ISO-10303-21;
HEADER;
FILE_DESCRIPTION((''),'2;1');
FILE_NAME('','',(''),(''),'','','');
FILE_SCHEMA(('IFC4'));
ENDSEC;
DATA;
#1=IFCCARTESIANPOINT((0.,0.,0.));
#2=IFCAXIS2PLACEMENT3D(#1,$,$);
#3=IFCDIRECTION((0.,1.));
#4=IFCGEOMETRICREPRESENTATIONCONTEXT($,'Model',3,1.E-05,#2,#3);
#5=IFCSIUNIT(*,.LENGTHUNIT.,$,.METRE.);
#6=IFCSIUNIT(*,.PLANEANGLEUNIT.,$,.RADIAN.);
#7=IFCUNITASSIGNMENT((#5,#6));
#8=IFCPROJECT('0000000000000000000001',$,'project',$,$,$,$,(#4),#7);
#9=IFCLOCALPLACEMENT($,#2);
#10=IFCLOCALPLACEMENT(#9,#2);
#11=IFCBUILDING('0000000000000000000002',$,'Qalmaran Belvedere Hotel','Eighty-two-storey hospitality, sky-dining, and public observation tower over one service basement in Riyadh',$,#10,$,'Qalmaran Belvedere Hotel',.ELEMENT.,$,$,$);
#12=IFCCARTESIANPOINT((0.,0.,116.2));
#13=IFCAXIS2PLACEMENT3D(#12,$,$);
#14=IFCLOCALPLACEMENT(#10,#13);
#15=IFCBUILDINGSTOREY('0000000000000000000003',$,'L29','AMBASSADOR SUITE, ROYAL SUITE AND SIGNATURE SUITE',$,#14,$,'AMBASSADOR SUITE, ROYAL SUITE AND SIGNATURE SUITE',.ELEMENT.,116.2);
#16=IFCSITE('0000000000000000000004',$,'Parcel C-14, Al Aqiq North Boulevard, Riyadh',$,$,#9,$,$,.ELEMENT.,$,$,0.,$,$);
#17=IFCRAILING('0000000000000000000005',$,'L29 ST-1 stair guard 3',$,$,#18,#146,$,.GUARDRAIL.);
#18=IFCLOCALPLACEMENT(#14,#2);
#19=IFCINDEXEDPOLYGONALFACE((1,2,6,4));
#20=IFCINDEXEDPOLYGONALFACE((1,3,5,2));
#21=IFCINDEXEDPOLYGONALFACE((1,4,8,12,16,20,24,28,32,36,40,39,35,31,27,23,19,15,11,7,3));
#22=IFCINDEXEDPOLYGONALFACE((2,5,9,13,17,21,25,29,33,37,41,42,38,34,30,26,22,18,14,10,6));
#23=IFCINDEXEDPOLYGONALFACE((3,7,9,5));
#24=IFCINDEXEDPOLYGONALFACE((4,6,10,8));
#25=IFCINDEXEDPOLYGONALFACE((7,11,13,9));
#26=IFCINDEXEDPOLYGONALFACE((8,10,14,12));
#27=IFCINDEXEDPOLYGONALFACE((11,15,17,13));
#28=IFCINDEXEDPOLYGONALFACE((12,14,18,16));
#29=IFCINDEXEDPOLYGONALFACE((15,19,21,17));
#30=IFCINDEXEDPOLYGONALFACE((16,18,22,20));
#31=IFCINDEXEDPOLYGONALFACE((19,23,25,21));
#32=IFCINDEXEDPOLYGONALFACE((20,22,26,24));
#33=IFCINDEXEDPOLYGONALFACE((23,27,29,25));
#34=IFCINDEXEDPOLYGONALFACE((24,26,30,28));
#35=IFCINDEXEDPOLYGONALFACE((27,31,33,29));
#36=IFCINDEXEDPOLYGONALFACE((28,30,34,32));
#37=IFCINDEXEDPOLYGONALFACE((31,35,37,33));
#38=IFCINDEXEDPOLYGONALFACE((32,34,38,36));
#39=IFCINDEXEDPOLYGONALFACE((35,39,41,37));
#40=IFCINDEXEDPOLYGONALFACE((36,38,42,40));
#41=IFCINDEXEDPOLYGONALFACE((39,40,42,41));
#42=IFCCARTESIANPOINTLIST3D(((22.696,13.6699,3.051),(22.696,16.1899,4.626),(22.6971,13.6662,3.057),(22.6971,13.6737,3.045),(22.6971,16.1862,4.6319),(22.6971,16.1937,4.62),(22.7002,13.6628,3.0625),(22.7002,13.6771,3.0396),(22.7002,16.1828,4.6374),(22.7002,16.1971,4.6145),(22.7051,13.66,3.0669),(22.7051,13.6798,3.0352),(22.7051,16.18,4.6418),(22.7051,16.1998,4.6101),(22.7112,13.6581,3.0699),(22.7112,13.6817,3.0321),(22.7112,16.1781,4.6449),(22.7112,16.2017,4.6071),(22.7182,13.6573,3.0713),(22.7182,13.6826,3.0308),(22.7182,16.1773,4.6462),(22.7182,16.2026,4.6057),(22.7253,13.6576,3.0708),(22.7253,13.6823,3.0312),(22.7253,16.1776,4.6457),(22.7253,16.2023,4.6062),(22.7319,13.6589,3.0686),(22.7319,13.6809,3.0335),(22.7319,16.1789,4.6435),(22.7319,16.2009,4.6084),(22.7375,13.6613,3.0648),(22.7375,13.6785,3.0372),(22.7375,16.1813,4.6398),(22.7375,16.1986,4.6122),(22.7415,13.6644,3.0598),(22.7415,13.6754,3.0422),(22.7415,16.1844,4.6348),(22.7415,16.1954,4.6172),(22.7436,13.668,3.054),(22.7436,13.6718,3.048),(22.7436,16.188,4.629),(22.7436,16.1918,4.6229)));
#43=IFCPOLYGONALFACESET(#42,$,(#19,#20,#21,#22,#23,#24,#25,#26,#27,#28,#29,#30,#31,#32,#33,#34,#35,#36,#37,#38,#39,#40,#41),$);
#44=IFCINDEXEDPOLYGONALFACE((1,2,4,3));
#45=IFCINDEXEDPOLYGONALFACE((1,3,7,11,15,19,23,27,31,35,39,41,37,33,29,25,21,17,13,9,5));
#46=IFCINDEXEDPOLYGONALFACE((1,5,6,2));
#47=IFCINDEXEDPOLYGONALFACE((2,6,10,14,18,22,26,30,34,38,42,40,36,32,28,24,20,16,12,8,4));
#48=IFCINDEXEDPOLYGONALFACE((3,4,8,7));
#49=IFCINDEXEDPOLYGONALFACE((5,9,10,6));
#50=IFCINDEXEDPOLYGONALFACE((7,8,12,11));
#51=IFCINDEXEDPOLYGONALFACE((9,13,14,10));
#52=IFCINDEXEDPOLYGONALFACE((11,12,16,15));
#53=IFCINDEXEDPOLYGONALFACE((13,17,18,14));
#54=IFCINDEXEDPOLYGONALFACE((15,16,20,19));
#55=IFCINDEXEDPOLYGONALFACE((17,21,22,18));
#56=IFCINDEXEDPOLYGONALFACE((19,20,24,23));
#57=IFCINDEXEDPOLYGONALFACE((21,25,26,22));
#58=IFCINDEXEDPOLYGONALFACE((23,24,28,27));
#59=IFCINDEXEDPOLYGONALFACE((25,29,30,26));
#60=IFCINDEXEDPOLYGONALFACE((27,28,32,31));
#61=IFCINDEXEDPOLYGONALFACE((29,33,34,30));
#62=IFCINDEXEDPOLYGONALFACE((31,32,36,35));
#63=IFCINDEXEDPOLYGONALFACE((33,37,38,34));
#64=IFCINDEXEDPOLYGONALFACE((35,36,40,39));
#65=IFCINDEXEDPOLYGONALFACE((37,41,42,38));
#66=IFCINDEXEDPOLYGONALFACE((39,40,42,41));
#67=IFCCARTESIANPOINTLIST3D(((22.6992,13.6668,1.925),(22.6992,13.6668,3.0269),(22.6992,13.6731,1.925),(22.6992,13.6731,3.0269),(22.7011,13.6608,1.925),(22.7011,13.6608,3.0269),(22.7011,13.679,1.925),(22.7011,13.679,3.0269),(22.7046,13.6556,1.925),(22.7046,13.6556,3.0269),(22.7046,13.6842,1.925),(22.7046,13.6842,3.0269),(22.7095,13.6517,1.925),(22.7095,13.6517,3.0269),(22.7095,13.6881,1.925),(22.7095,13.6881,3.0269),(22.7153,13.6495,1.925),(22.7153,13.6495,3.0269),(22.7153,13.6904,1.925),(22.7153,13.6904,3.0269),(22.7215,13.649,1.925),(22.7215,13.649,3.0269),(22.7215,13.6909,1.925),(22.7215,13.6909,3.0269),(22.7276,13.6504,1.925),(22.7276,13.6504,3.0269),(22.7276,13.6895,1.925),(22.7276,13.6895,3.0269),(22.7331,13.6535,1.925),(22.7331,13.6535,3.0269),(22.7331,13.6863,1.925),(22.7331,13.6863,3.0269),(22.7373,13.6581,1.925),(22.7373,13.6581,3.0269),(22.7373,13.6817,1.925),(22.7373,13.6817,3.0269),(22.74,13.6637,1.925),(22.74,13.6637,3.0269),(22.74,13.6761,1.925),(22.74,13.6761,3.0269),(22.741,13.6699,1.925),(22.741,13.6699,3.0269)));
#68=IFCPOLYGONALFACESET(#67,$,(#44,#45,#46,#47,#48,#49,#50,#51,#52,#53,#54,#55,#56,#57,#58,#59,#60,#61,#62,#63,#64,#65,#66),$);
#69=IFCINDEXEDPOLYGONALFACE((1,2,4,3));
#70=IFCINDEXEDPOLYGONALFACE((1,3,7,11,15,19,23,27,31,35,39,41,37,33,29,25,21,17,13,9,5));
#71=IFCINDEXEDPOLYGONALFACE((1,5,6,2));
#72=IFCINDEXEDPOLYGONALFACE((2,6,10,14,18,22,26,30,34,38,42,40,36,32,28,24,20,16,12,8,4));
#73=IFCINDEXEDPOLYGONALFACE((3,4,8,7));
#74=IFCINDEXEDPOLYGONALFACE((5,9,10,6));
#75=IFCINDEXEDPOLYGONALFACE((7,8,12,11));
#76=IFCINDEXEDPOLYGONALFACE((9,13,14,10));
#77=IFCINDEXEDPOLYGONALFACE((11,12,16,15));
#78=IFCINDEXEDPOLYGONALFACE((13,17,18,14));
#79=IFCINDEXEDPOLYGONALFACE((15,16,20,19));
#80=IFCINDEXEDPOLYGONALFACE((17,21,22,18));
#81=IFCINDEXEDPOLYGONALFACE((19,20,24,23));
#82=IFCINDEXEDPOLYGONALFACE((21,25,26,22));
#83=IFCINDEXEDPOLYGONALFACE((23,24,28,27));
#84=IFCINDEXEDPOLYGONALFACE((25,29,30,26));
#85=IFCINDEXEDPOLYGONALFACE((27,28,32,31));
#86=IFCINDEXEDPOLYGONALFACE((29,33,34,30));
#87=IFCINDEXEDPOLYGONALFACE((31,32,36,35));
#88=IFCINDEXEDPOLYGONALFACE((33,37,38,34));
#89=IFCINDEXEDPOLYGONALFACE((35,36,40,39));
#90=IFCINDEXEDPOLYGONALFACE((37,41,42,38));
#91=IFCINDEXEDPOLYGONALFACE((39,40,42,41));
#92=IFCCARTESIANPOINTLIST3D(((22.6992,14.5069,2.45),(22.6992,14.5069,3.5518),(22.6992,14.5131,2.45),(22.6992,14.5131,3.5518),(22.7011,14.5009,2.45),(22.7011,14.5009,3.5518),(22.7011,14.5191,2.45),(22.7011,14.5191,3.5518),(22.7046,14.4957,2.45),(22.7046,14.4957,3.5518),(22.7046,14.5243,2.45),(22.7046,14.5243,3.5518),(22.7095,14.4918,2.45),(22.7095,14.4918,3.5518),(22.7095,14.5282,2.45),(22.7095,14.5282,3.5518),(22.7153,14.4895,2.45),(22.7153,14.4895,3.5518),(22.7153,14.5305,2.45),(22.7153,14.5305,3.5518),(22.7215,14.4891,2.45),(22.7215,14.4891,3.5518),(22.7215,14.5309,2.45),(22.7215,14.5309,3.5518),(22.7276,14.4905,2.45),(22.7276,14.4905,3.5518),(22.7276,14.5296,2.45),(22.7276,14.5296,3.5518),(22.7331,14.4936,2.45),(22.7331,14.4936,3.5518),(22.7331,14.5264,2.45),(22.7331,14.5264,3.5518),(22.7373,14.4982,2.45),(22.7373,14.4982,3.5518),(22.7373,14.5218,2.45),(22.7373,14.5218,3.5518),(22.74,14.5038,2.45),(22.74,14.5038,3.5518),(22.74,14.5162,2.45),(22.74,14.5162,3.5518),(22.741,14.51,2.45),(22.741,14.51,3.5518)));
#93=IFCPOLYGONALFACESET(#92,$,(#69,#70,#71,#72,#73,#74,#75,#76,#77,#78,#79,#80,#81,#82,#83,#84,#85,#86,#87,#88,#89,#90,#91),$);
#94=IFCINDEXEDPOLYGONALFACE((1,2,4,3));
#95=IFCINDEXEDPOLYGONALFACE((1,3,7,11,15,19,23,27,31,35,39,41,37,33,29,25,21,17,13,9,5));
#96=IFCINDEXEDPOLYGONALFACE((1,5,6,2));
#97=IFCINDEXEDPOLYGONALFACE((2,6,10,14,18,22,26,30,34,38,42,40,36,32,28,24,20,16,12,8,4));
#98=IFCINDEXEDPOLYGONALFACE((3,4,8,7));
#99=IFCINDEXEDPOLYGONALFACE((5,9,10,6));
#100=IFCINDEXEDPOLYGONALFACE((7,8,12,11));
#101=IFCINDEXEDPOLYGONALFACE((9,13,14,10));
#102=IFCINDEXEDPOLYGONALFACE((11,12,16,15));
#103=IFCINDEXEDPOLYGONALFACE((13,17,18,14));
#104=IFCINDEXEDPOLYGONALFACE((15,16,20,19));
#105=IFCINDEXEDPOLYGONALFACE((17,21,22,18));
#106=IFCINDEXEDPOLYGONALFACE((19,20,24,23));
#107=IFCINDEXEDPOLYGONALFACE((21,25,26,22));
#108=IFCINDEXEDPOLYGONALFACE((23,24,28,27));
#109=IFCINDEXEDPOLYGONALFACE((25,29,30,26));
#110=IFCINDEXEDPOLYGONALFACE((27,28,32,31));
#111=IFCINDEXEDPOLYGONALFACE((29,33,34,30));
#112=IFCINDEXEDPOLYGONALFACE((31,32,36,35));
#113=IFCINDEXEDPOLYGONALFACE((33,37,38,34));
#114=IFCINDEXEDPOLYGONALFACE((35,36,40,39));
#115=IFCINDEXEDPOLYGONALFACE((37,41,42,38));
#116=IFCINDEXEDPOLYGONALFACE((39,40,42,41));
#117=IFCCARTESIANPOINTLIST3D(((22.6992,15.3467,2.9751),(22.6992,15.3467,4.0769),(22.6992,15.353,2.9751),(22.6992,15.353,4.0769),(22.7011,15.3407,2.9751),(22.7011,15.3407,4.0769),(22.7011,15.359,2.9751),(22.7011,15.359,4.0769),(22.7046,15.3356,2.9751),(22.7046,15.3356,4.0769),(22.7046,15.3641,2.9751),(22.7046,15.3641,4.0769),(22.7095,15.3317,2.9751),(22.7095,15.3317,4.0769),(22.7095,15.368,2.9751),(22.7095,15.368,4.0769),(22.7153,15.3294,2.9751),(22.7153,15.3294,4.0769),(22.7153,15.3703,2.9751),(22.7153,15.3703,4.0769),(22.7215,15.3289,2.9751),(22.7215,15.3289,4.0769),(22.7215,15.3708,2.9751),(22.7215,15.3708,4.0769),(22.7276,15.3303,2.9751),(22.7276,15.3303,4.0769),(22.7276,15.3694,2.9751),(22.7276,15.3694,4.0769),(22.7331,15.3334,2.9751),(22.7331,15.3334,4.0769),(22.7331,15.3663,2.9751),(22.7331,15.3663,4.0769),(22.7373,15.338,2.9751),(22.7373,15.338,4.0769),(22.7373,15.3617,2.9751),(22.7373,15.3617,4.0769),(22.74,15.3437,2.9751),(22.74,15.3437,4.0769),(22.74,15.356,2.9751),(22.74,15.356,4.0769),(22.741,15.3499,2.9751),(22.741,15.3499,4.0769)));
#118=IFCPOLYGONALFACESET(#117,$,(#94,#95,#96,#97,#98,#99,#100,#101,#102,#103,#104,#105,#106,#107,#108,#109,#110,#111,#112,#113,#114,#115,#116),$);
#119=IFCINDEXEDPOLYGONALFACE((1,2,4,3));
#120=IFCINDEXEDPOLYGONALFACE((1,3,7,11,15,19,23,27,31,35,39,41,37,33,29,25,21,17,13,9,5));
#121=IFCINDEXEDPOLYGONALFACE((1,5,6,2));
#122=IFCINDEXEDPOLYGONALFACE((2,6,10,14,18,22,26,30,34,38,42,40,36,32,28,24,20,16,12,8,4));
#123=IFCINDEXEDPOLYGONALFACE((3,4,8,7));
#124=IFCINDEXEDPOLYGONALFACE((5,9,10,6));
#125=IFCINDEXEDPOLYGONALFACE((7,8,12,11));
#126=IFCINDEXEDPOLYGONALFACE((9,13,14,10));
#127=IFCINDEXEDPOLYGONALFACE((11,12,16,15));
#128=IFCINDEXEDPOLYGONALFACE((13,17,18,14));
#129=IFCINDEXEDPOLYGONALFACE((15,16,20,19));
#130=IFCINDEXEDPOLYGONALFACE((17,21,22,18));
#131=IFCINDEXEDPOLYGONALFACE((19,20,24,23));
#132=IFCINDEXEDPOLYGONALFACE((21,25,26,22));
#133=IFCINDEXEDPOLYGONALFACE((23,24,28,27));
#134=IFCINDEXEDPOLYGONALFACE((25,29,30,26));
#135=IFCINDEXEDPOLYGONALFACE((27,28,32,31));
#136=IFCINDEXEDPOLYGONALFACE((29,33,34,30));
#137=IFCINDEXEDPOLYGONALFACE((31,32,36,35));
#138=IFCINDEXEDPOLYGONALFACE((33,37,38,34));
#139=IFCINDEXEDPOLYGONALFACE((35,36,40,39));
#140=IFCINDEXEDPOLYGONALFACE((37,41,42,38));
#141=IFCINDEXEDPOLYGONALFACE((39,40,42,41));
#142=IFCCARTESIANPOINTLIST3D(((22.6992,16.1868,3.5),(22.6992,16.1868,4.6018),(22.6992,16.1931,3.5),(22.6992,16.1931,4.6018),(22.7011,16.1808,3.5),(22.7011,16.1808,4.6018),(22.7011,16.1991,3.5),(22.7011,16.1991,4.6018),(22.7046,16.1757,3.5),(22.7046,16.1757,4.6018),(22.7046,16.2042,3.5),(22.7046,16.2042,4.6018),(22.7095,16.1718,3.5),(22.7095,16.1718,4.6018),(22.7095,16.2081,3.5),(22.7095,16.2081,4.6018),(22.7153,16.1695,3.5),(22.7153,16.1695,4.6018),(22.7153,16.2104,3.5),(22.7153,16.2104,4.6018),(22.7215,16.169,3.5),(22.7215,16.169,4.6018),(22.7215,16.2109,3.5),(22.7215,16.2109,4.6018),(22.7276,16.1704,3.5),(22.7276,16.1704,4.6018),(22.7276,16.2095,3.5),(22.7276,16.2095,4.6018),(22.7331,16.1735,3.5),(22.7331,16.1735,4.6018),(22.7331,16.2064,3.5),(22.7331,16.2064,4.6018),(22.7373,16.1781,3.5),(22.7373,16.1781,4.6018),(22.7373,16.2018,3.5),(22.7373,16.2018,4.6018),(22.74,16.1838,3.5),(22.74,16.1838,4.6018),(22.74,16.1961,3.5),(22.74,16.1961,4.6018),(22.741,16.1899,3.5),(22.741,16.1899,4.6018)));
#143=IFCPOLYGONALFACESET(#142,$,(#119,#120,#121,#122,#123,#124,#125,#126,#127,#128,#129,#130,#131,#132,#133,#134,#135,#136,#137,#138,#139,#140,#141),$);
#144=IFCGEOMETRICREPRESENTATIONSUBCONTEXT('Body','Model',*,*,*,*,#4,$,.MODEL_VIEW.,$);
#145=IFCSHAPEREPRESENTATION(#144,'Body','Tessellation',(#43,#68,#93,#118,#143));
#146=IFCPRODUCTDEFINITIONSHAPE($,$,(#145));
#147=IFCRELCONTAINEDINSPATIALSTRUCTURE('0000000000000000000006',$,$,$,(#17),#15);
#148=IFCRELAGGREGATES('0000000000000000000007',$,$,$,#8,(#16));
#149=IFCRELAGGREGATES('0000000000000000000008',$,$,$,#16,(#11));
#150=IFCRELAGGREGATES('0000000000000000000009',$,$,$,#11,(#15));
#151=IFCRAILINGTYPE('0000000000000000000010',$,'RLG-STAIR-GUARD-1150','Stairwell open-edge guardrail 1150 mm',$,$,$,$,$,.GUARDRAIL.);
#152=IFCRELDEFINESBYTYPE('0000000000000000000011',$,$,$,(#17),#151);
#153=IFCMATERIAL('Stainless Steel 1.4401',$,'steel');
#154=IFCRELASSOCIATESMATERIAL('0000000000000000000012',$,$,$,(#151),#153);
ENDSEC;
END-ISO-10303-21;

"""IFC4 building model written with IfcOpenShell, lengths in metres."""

from ifc_helpers import new_model, si_unit, direction, frame, origin, origin_2d, place, context, subcontext, project, spatial, circle, extrude, material, type_object, element, save


model = new_model("IFC4")

# Units and contexts
model_context = context("Model", 3, precision=1e-05, world=origin(), true_north=direction((0.0, 1.0)))
body_context = subcontext(model_context, "Body", "Model", "MODEL_VIEW")
ifc_project = project(units=[si_unit("LENGTHUNIT", "METRE"), si_unit("PLANEANGLEUNIT", "RADIAN")], contexts=[model_context])

# Site, building, storey
site_placement = place(None, origin())
site = spatial("IfcSite", under=ifc_project, at=site_placement, Name="Parcel C-14, Al Aqiq North Boulevard, Riyadh", CompositionType="ELEMENT", RefElevation=0.0)
building_placement = place(site_placement, origin())
building = spatial("IfcBuilding", under=site, at=building_placement, Name="Qalmaran Belvedere Hotel", Description="Eighty-two-storey hospitality, sky-dining, and public observation tower over one service basement in Riyadh", LongName="Qalmaran Belvedere Hotel", CompositionType="ELEMENT")
storey_placement = place(building_placement, frame((0.0, 0.0, 116.2)))
storey = spatial("IfcBuildingStorey", under=building, at=storey_placement, Name="L29", Description="AMBASSADOR SUITE, ROYAL SUITE AND SIGNATURE SUITE", LongName="AMBASSADOR SUITE, ROYAL SUITE AND SIGNATURE SUITE", CompositionType="ELEMENT", Elevation=116.2)

# Shared definitions
ifc_material_1 = material(Name="Stainless Steel 1.4401", Category="steel")

# Railing
railing_type_1 = type_object("IfcRailingType", Name="RLG-STAIR-GUARD-1150", Description="Stairwell open-edge guardrail 1150 mm", PredefinedType="GUARDRAIL", material=ifc_material_1)
railing_1_placement = place(storey_placement, frame((22.72, 13.6699, 1.925)))
element("IfcRailing", 1, at=railing_1_placement, inside=storey, type_object=railing_type_1, Name="L29 ST-1 stair guard 3", PredefinedType="GUARDRAIL", context=body_context, shape_type="SweptSolid", body=[
    extrude(circle(Radius=0.0239, at=origin_2d()), frame((0.0, 0.0, 1.126), z_axis=(0.0, 0.848008, 0.529984), x_axis=(-1.0, 0.0, 0.0)), (0.0, 0.0, 1.0), 2.9717),
    extrude(circle(Radius=0.021, at=origin_2d()), origin(), (0.0, 0.0, 1.0), 1.1018),
    extrude(circle(Radius=0.021, at=origin_2d()), frame((0.0, 0.8401, 0.5249)), (0.0, 0.0, 1.0), 1.1018),
    extrude(circle(Radius=0.021, at=origin_2d()), frame((0.0, 1.6799, 1.05)), (0.0, 0.0, 1.0), 1.1018),
    extrude(circle(Radius=0.021, at=origin_2d()), frame((0.0, 2.52, 1.575)), (0.0, 0.0, 1.0), 1.1018),
])

save(model, "model.ifc")
